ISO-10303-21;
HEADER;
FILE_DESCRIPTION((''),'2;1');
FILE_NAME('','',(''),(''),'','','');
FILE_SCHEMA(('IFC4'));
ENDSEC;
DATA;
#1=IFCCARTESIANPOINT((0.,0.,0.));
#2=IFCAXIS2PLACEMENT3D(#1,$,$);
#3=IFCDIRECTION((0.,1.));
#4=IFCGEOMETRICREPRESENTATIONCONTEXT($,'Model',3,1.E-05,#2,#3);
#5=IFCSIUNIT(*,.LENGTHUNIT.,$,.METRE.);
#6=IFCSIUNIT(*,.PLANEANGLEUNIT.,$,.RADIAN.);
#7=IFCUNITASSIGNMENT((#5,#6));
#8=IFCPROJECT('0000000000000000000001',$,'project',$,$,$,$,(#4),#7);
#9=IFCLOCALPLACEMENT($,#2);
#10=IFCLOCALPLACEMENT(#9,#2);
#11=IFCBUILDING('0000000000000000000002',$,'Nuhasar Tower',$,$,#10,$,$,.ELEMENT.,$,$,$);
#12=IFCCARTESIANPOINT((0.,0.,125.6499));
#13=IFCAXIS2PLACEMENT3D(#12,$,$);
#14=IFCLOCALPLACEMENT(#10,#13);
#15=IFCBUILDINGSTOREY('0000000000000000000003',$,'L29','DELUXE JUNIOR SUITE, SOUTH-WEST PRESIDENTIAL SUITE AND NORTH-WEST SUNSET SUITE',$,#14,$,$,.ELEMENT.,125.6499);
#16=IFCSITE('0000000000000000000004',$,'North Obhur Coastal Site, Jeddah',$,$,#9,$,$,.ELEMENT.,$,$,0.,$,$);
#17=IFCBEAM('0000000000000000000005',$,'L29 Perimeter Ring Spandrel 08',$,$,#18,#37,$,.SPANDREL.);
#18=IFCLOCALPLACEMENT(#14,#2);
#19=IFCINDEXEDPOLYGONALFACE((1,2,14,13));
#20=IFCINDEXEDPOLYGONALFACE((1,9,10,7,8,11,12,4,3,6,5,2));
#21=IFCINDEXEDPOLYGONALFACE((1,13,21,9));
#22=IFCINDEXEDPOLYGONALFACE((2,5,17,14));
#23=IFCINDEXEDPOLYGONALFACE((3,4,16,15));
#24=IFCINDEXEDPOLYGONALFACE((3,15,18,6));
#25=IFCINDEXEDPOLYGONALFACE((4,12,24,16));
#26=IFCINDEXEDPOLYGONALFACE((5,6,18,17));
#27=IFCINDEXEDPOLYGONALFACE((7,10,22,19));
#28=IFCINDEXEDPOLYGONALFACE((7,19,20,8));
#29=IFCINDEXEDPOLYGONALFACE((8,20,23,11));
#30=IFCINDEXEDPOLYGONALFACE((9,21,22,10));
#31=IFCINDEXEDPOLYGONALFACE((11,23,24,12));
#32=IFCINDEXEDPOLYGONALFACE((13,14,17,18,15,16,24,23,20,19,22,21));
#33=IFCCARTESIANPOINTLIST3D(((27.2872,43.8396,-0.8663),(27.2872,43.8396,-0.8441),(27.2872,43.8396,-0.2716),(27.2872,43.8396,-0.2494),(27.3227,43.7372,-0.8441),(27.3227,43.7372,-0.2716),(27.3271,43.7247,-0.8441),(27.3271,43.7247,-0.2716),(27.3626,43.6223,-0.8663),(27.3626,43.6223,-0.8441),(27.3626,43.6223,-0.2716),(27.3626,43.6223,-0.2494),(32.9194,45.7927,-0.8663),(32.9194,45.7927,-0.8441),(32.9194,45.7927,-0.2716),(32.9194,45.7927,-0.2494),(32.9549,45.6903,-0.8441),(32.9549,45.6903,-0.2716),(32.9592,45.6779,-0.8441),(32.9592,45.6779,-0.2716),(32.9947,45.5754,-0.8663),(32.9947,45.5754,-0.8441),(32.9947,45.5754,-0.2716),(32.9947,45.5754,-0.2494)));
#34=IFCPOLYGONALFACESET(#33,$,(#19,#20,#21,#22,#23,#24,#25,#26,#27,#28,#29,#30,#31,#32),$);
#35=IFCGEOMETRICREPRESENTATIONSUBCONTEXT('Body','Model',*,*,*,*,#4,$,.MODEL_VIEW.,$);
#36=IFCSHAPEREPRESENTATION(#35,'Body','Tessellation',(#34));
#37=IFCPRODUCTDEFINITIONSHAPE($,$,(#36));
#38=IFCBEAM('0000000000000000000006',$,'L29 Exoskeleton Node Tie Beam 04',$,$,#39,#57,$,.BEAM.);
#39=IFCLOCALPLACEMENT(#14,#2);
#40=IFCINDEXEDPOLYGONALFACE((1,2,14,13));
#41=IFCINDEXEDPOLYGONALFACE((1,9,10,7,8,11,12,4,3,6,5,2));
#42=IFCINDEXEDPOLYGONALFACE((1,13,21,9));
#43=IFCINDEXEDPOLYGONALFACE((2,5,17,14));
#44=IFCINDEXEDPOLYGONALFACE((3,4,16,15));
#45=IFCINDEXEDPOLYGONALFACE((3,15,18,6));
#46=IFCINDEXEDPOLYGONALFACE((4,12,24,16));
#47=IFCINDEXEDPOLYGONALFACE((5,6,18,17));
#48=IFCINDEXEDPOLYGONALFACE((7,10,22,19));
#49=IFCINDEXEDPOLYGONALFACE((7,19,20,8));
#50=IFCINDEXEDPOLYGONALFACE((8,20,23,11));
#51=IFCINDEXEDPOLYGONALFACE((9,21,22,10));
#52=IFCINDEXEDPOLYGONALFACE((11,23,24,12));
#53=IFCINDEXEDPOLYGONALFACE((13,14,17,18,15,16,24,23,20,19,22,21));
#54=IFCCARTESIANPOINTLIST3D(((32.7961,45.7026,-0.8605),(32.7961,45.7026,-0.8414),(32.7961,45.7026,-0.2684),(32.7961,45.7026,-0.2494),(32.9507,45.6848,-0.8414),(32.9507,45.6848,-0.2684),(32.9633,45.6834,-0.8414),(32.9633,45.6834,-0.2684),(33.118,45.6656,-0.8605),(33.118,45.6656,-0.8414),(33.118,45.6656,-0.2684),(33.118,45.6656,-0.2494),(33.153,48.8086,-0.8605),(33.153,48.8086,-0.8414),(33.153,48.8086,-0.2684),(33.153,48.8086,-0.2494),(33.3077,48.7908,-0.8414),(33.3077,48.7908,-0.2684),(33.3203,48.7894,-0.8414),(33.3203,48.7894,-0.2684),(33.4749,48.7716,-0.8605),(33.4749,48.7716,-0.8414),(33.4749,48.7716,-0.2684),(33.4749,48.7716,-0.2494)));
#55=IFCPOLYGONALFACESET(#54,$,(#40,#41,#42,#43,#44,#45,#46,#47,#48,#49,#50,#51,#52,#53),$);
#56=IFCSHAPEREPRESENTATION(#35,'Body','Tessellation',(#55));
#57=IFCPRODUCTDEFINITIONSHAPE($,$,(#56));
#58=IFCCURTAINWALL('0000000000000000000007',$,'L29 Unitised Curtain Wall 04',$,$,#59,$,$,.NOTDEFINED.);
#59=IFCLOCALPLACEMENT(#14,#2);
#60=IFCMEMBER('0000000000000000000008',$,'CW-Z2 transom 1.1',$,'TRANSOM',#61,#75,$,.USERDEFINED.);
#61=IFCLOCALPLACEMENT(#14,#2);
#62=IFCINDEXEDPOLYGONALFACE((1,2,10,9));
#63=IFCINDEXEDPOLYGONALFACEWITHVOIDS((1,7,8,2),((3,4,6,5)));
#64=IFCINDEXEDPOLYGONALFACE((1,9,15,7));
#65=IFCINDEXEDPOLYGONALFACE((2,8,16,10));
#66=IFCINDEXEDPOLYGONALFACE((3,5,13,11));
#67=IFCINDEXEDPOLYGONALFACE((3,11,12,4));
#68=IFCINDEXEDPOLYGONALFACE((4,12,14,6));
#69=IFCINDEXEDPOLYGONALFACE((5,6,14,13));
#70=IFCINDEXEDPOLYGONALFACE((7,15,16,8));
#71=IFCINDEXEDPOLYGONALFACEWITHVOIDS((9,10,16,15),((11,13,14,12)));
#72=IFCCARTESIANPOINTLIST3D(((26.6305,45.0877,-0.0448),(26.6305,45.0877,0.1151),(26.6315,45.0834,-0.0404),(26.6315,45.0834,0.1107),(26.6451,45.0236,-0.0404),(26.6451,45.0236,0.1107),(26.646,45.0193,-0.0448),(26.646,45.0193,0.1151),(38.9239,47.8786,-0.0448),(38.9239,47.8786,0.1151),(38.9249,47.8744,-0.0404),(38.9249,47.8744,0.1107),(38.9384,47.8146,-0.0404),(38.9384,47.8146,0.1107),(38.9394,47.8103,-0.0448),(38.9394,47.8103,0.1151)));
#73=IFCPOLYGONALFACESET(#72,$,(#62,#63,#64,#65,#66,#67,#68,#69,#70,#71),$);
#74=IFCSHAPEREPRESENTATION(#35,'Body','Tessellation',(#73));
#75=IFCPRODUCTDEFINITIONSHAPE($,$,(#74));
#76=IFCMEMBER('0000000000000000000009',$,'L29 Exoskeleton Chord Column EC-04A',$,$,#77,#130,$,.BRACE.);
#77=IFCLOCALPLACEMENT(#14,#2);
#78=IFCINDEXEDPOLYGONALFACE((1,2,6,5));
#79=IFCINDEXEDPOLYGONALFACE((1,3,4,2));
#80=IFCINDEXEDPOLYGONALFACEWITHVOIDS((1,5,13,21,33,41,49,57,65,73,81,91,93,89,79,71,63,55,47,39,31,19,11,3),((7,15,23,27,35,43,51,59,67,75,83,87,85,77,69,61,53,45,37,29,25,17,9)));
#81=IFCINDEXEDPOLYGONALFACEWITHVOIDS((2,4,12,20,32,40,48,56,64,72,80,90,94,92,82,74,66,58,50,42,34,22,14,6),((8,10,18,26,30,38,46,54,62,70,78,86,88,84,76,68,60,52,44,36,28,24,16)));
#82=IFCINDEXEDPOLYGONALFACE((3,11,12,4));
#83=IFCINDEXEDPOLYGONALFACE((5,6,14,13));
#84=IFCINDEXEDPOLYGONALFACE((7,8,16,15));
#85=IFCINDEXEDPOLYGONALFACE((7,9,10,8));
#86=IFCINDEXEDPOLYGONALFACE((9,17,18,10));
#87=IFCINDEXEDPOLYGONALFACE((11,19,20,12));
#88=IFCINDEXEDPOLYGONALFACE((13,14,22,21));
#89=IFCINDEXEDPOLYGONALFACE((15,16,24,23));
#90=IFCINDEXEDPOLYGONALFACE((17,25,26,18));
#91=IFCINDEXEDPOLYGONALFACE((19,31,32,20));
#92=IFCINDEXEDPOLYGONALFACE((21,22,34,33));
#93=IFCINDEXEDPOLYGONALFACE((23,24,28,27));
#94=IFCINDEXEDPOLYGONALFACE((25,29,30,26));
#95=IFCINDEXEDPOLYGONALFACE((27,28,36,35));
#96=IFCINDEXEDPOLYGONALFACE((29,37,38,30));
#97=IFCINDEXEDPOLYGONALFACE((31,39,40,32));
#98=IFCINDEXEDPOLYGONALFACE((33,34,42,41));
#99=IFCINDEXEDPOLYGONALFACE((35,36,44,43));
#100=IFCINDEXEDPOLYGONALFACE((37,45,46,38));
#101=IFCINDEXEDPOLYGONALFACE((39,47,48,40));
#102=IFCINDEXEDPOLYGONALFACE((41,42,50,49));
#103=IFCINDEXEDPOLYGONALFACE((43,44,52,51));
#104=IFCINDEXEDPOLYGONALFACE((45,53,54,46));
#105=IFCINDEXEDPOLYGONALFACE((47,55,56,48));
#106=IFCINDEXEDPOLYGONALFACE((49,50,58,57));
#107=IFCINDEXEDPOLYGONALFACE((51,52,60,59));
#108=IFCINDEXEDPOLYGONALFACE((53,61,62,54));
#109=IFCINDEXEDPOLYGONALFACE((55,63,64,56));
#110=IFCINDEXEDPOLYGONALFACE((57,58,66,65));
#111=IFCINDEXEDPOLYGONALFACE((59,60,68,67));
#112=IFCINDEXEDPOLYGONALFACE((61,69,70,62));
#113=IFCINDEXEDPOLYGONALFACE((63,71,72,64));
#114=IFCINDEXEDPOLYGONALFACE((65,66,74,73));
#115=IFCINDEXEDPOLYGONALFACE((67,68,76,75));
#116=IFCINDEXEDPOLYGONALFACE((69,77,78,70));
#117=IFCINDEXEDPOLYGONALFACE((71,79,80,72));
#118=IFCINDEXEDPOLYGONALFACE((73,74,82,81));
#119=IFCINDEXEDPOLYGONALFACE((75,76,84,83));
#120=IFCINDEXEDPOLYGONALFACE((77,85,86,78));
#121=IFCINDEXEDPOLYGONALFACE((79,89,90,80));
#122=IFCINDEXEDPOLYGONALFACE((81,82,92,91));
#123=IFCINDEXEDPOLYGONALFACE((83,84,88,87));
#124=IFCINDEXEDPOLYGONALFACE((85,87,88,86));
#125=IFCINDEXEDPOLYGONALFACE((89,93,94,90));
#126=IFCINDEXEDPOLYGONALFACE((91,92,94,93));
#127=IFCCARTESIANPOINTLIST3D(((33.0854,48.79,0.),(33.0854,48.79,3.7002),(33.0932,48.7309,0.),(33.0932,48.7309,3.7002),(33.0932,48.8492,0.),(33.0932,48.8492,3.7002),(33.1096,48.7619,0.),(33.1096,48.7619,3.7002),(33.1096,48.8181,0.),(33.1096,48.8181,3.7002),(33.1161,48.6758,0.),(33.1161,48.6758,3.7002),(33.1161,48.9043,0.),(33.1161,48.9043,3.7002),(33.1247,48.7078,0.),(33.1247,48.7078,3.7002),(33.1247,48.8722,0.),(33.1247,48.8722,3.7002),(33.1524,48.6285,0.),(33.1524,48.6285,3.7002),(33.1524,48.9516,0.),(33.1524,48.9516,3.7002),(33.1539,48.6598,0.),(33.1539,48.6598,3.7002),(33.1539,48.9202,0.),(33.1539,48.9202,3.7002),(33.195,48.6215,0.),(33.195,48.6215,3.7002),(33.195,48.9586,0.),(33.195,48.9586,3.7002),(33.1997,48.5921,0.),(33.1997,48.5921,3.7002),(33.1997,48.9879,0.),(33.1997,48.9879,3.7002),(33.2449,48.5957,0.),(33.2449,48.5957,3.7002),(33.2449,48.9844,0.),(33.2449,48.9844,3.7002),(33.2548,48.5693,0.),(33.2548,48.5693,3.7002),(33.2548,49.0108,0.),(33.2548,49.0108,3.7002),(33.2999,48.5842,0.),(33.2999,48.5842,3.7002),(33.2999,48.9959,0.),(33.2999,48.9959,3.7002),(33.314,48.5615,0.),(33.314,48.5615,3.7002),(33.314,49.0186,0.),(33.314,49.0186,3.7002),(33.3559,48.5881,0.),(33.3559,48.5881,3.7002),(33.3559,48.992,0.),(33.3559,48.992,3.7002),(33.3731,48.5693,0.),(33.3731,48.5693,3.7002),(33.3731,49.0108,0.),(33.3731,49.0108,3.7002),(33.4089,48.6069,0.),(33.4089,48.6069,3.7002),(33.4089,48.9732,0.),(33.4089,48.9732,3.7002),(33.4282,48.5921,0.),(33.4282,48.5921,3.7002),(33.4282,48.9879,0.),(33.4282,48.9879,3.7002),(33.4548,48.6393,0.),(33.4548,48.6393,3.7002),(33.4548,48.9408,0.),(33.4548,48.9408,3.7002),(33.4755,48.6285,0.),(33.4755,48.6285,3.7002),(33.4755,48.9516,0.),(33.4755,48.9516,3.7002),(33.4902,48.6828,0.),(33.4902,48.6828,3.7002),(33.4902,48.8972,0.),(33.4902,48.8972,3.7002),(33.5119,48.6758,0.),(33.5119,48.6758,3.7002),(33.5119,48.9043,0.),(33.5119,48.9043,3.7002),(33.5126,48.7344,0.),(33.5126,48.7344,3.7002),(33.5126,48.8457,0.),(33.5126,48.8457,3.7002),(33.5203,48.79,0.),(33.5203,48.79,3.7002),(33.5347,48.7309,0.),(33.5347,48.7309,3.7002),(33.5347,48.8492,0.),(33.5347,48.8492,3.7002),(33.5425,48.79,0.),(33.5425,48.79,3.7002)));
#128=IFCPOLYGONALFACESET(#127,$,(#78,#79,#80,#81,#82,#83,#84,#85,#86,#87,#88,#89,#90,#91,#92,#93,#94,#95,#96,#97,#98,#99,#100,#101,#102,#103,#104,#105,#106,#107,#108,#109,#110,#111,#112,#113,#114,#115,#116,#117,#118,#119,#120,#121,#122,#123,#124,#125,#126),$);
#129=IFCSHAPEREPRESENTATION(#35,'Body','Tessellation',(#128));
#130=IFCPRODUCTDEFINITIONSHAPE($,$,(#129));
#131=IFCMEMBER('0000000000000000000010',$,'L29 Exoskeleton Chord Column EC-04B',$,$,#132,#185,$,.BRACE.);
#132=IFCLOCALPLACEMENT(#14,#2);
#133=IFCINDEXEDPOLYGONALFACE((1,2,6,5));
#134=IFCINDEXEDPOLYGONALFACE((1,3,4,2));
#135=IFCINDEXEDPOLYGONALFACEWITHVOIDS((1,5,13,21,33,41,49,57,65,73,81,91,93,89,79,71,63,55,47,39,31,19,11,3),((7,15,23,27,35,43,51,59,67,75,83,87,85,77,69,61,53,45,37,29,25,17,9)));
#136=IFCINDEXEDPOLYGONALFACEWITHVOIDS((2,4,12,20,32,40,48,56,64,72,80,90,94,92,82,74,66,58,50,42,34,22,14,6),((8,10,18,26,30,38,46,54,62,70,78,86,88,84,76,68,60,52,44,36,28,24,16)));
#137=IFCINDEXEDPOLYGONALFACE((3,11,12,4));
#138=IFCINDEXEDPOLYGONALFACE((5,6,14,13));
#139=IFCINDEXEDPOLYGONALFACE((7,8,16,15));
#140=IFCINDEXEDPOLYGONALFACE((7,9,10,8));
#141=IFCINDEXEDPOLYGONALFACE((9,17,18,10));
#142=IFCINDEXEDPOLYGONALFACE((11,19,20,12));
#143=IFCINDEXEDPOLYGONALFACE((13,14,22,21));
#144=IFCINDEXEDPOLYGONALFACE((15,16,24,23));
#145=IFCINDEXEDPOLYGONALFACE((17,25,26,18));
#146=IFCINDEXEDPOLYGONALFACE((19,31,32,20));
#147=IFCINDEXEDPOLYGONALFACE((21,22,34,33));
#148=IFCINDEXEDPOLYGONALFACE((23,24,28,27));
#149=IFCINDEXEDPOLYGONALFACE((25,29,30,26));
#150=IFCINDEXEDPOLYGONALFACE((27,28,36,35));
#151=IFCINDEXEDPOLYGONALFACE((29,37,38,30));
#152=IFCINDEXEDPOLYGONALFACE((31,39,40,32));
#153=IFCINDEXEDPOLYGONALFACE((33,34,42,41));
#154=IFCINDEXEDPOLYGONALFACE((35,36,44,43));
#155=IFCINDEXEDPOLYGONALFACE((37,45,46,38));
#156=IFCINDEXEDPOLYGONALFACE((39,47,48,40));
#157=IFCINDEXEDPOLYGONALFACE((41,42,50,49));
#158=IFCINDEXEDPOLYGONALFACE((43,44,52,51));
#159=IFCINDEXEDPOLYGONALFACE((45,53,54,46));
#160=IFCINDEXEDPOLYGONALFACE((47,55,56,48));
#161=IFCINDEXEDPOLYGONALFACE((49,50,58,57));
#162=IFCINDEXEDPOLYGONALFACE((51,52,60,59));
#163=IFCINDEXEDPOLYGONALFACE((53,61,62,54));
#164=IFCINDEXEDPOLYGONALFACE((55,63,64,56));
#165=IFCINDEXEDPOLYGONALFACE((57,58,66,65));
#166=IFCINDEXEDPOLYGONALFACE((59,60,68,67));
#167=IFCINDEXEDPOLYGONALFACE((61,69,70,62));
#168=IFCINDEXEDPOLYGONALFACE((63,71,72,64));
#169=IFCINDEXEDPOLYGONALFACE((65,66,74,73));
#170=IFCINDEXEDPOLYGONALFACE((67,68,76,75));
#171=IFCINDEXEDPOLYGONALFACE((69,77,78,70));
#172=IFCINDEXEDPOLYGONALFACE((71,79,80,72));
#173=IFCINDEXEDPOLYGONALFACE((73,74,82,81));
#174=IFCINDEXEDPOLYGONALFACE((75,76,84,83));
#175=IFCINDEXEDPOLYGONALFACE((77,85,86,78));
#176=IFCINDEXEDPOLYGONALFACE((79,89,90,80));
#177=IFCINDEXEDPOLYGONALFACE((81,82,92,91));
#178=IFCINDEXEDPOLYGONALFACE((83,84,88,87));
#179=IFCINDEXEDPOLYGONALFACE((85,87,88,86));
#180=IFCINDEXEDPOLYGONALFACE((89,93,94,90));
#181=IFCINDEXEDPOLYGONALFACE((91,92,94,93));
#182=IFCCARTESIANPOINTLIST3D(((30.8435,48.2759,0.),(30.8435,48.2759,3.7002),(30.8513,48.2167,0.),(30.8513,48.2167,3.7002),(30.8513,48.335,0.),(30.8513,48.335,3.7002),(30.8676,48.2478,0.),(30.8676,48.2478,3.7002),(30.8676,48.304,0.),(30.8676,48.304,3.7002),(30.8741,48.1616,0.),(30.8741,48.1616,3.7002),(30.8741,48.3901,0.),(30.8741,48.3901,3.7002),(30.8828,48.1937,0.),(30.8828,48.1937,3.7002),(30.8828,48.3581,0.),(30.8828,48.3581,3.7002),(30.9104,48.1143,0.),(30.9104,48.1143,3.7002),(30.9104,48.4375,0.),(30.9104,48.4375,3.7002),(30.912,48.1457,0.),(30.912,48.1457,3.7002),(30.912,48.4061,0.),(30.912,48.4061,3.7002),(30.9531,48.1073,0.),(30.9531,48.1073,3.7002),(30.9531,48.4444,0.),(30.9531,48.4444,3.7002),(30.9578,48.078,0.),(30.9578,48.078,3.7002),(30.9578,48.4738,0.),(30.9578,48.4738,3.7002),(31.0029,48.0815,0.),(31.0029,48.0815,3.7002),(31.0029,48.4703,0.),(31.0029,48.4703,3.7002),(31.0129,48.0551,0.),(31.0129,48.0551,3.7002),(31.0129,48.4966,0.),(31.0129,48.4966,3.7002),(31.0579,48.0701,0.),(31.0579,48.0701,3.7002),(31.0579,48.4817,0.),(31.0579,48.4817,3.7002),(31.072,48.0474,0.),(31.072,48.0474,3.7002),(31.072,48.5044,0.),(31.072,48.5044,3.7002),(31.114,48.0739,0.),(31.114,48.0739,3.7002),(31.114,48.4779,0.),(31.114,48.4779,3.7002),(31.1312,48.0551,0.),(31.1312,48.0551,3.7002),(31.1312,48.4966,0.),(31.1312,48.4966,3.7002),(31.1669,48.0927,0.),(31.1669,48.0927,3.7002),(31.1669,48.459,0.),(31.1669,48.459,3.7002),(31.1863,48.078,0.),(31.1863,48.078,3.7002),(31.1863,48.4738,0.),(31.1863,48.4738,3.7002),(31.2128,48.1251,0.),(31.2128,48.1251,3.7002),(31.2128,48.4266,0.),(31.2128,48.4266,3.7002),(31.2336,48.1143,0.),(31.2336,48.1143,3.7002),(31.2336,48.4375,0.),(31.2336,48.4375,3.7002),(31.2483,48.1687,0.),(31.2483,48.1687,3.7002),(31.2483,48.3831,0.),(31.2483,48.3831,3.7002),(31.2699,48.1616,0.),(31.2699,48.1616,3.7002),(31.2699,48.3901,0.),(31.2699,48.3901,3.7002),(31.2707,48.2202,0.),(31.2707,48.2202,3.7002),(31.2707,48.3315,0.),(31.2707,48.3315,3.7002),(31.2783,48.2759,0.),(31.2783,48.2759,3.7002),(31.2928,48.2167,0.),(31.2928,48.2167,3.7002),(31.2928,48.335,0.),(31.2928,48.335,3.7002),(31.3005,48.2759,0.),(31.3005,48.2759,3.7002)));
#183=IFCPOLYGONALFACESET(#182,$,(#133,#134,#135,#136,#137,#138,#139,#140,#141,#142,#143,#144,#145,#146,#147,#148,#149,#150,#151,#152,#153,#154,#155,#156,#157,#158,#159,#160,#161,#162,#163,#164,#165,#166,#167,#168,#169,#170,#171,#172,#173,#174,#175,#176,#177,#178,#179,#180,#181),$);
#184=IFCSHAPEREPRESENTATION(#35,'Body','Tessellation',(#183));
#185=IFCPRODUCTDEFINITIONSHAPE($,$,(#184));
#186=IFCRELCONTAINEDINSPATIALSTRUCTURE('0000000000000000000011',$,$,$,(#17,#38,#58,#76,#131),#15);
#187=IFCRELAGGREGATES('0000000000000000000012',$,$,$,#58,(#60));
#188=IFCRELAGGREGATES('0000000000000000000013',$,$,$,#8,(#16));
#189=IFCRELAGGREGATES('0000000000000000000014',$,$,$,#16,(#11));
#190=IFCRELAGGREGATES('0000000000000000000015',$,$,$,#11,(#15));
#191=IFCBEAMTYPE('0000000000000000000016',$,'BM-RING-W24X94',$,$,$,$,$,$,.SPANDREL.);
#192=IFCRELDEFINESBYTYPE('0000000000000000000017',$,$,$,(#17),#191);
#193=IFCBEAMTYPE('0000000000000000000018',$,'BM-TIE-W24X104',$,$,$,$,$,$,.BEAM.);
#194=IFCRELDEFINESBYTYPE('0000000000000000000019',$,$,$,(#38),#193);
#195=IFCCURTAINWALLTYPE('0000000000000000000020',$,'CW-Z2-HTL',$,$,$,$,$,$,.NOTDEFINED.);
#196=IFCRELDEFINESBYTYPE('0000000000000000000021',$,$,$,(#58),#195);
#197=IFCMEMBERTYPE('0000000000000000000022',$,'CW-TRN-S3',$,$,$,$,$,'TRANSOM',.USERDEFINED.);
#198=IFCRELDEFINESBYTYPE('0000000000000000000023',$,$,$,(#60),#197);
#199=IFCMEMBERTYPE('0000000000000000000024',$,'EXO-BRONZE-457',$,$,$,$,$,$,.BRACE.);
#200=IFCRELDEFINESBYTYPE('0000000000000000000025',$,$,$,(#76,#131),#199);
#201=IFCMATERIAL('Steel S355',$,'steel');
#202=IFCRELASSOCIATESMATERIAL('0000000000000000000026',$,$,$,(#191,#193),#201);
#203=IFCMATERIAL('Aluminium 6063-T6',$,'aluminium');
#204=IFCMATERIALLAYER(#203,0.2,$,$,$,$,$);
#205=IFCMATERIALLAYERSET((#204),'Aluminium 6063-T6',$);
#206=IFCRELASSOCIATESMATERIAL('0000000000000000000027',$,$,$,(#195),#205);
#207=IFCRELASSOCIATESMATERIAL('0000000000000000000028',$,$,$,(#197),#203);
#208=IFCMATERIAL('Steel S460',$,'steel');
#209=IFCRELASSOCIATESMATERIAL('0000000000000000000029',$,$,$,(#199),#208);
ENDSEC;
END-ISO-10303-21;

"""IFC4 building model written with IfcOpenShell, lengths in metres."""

from ifc_helpers import new_model, si_unit, direction, frame, origin, origin_2d, place, context, subcontext, project, spatial, hollow_rectangle, hollow_circle, i_section, extrude, material, layer, layer_set, material_profile, profile_set, type_object, element, aggregate, save


model = new_model("IFC4")

# Units and contexts
model_context = context("Model", 3, precision=1e-05, world=origin(), true_north=direction((0.0, 1.0)))
body_context = subcontext(model_context, "Body", "Model", "MODEL_VIEW")
ifc_project = project(units=[si_unit("LENGTHUNIT", "METRE"), si_unit("PLANEANGLEUNIT", "RADIAN")], contexts=[model_context])

# Site, building, storey
site_placement = place(None, origin())
site = spatial("IfcSite", under=ifc_project, at=site_placement, Name="North Obhur Coastal Site, Jeddah", CompositionType="ELEMENT", RefElevation=0.0)
building_placement = place(site_placement, origin())
building = spatial("IfcBuilding", under=site, at=building_placement, Name="Nuhasar Tower", CompositionType="ELEMENT")
storey_placement = place(building_placement, frame((0.0, 0.0, 125.6499)))
storey = spatial("IfcBuildingStorey", under=building, at=storey_placement, Name="L29", Description="DELUXE JUNIOR SUITE, SOUTH-WEST PRESIDENTIAL SUITE AND NORTH-WEST SUNSET SUITE", CompositionType="ELEMENT", Elevation=125.6499)

# Beams
ifc_material_1 = material(Name="Steel S355", Category="steel")
ifc_material_profile_1 = material_profile(ifc_material_1, i_section(OverallWidth=0.23, OverallDepth=0.6169, WebThickness=0.0132, FlangeThickness=0.0222, at=origin_2d()), Name="W24X94")
ifc_profile_set_1 = profile_set([ifc_material_profile_1], Name="Steel S355")
beam_type_1 = type_object("IfcBeamType", Name="BM-RING-W24X94", PredefinedType="SPANDREL", material=ifc_profile_set_1)
beam_1_placement = place(storey_placement, frame((32.957, 45.6841, -0.5579), z_axis=(-0.944801, -0.327644, 0.0), x_axis=(0.327644, -0.944801, 0.0)))
element("IfcBeam", 1, at=beam_1_placement, inside=storey, type_object=beam_type_1, Name="L29 Perimeter Ring Spandrel 08", PredefinedType="SPANDREL", context=body_context, shape_type="SweptSolid", body=[
    extrude(i_section(OverallWidth=0.23, OverallDepth=0.6169, WebThickness=0.0132, FlangeThickness=0.0222, at=origin_2d()), origin(), (0.0, 0.0, 1.0), 5.9612),
])
ifc_material_profile_2 = material_profile(ifc_material_1, i_section(OverallWidth=0.324, OverallDepth=0.6111, WebThickness=0.0127, FlangeThickness=0.019, at=origin_2d()), Name="W24X104")
ifc_profile_set_2 = profile_set([ifc_material_profile_2], Name="Steel S355")
beam_type_2 = type_object("IfcBeamType", Name="BM-TIE-W24X104", PredefinedType="BEAM", material=ifc_profile_set_2)
beam_2_placement = place(storey_placement, frame((32.957, 45.6841, -0.5549), z_axis=(0.114168, 0.993461, 0.0), x_axis=(-0.993461, 0.114168, 0.0)))
element("IfcBeam", 2, at=beam_2_placement, inside=storey, type_object=beam_type_2, Name="L29 Exoskeleton Node Tie Beam 04", PredefinedType="BEAM", context=body_context, shape_type="SweptSolid", body=[
    extrude(i_section(OverallWidth=0.324, OverallDepth=0.6111, WebThickness=0.0127, FlangeThickness=0.019, at=origin_2d()), origin(), (0.0, 0.0, 1.0), 3.1265),
])

# Curtain wall, member
ifc_material_2 = material(Name="Aluminium 6063-T6", Category="aluminium")
ifc_layer_1 = layer(ifc_material_2, 0.2)
ifc_layer_set_1 = layer_set([ifc_layer_1], Name="Aluminium 6063-T6")
curtain_wall_type = type_object("IfcCurtainWallType", Name="CW-Z2-HTL", PredefinedType="NOTDEFINED", material=ifc_layer_set_1)
curtain_wall_placement = place(storey_placement, origin())
curtain_wall = element("IfcCurtainWall", 3, at=curtain_wall_placement, inside=storey, type_object=curtain_wall_type, Name="L29 Unitised Curtain Wall 04", PredefinedType="NOTDEFINED")
ifc_material_profile_3 = material_profile(ifc_material_2, hollow_rectangle(XDim=0.0701, YDim=0.1599, WallThickness=0.0044, at=origin_2d()), Name="CWT-3")
ifc_profile_set_3 = profile_set([ifc_material_profile_3], Name="Aluminium 6063-T6")
member_type_1 = type_object("IfcMemberType", Name="CW-TRN-S3", ElementType="TRANSOM", PredefinedType="USERDEFINED", material=ifc_profile_set_3)
member_placement = place(storey_placement, frame((38.9316, 47.8445, 0.0352), z_axis=(-0.975183, -0.221398, 0.0), x_axis=(0.221398, -0.975183, 0.0)))
member = element("IfcMember", 4, at=member_placement, type_object=member_type_1, Name="CW-Z2 transom 1.1", ObjectType="TRANSOM", PredefinedType="USERDEFINED", context=body_context, shape_type="SweptSolid", body=[
    extrude(hollow_rectangle(XDim=0.0701, YDim=0.1599, WallThickness=0.0044, at=origin_2d()), origin(), (0.0, 0.0, 1.0), 12.6062),
])

# Members
ifc_material_3 = material(Name="Steel S460", Category="steel")
ifc_material_profile_4 = material_profile(ifc_material_3, hollow_circle(Radius=0.2285, WallThickness=0.0222, at=origin_2d()), Name="HSS457X22.2")
ifc_profile_set_4 = profile_set([ifc_material_profile_4], Name="Steel S460")
member_type_2 = type_object("IfcMemberType", Name="EXO-BRONZE-457", PredefinedType="BRACE", material=ifc_profile_set_4)
for number, where, z_axis, x_axis, name in (
    (5, (33.314, 48.79, 0.0), (0.0, 0.0, 1.0), (1.0, 0.0, 0.0), "L29 Exoskeleton Chord Column EC-04A"),
    (6, (31.072, 48.2759, 0.0), (0.0, 0.0, 1.0), (1.0, 0.0, 0.0), "L29 Exoskeleton Chord Column EC-04B"),
):
    element("IfcMember", number, at=place(storey_placement, frame(where, z_axis=z_axis, x_axis=x_axis)), inside=storey, type_object=member_type_2, Name=name, PredefinedType="BRACE", context=body_context, shape_type="SweptSolid", body=[
        extrude(hollow_circle(Radius=0.2285, WallThickness=0.0222, at=origin_2d()), origin(), (0.0, 0.0, 1.0), 3.7002),
    ])

aggregate(curtain_wall, [member])

save(model, "model.ifc")
